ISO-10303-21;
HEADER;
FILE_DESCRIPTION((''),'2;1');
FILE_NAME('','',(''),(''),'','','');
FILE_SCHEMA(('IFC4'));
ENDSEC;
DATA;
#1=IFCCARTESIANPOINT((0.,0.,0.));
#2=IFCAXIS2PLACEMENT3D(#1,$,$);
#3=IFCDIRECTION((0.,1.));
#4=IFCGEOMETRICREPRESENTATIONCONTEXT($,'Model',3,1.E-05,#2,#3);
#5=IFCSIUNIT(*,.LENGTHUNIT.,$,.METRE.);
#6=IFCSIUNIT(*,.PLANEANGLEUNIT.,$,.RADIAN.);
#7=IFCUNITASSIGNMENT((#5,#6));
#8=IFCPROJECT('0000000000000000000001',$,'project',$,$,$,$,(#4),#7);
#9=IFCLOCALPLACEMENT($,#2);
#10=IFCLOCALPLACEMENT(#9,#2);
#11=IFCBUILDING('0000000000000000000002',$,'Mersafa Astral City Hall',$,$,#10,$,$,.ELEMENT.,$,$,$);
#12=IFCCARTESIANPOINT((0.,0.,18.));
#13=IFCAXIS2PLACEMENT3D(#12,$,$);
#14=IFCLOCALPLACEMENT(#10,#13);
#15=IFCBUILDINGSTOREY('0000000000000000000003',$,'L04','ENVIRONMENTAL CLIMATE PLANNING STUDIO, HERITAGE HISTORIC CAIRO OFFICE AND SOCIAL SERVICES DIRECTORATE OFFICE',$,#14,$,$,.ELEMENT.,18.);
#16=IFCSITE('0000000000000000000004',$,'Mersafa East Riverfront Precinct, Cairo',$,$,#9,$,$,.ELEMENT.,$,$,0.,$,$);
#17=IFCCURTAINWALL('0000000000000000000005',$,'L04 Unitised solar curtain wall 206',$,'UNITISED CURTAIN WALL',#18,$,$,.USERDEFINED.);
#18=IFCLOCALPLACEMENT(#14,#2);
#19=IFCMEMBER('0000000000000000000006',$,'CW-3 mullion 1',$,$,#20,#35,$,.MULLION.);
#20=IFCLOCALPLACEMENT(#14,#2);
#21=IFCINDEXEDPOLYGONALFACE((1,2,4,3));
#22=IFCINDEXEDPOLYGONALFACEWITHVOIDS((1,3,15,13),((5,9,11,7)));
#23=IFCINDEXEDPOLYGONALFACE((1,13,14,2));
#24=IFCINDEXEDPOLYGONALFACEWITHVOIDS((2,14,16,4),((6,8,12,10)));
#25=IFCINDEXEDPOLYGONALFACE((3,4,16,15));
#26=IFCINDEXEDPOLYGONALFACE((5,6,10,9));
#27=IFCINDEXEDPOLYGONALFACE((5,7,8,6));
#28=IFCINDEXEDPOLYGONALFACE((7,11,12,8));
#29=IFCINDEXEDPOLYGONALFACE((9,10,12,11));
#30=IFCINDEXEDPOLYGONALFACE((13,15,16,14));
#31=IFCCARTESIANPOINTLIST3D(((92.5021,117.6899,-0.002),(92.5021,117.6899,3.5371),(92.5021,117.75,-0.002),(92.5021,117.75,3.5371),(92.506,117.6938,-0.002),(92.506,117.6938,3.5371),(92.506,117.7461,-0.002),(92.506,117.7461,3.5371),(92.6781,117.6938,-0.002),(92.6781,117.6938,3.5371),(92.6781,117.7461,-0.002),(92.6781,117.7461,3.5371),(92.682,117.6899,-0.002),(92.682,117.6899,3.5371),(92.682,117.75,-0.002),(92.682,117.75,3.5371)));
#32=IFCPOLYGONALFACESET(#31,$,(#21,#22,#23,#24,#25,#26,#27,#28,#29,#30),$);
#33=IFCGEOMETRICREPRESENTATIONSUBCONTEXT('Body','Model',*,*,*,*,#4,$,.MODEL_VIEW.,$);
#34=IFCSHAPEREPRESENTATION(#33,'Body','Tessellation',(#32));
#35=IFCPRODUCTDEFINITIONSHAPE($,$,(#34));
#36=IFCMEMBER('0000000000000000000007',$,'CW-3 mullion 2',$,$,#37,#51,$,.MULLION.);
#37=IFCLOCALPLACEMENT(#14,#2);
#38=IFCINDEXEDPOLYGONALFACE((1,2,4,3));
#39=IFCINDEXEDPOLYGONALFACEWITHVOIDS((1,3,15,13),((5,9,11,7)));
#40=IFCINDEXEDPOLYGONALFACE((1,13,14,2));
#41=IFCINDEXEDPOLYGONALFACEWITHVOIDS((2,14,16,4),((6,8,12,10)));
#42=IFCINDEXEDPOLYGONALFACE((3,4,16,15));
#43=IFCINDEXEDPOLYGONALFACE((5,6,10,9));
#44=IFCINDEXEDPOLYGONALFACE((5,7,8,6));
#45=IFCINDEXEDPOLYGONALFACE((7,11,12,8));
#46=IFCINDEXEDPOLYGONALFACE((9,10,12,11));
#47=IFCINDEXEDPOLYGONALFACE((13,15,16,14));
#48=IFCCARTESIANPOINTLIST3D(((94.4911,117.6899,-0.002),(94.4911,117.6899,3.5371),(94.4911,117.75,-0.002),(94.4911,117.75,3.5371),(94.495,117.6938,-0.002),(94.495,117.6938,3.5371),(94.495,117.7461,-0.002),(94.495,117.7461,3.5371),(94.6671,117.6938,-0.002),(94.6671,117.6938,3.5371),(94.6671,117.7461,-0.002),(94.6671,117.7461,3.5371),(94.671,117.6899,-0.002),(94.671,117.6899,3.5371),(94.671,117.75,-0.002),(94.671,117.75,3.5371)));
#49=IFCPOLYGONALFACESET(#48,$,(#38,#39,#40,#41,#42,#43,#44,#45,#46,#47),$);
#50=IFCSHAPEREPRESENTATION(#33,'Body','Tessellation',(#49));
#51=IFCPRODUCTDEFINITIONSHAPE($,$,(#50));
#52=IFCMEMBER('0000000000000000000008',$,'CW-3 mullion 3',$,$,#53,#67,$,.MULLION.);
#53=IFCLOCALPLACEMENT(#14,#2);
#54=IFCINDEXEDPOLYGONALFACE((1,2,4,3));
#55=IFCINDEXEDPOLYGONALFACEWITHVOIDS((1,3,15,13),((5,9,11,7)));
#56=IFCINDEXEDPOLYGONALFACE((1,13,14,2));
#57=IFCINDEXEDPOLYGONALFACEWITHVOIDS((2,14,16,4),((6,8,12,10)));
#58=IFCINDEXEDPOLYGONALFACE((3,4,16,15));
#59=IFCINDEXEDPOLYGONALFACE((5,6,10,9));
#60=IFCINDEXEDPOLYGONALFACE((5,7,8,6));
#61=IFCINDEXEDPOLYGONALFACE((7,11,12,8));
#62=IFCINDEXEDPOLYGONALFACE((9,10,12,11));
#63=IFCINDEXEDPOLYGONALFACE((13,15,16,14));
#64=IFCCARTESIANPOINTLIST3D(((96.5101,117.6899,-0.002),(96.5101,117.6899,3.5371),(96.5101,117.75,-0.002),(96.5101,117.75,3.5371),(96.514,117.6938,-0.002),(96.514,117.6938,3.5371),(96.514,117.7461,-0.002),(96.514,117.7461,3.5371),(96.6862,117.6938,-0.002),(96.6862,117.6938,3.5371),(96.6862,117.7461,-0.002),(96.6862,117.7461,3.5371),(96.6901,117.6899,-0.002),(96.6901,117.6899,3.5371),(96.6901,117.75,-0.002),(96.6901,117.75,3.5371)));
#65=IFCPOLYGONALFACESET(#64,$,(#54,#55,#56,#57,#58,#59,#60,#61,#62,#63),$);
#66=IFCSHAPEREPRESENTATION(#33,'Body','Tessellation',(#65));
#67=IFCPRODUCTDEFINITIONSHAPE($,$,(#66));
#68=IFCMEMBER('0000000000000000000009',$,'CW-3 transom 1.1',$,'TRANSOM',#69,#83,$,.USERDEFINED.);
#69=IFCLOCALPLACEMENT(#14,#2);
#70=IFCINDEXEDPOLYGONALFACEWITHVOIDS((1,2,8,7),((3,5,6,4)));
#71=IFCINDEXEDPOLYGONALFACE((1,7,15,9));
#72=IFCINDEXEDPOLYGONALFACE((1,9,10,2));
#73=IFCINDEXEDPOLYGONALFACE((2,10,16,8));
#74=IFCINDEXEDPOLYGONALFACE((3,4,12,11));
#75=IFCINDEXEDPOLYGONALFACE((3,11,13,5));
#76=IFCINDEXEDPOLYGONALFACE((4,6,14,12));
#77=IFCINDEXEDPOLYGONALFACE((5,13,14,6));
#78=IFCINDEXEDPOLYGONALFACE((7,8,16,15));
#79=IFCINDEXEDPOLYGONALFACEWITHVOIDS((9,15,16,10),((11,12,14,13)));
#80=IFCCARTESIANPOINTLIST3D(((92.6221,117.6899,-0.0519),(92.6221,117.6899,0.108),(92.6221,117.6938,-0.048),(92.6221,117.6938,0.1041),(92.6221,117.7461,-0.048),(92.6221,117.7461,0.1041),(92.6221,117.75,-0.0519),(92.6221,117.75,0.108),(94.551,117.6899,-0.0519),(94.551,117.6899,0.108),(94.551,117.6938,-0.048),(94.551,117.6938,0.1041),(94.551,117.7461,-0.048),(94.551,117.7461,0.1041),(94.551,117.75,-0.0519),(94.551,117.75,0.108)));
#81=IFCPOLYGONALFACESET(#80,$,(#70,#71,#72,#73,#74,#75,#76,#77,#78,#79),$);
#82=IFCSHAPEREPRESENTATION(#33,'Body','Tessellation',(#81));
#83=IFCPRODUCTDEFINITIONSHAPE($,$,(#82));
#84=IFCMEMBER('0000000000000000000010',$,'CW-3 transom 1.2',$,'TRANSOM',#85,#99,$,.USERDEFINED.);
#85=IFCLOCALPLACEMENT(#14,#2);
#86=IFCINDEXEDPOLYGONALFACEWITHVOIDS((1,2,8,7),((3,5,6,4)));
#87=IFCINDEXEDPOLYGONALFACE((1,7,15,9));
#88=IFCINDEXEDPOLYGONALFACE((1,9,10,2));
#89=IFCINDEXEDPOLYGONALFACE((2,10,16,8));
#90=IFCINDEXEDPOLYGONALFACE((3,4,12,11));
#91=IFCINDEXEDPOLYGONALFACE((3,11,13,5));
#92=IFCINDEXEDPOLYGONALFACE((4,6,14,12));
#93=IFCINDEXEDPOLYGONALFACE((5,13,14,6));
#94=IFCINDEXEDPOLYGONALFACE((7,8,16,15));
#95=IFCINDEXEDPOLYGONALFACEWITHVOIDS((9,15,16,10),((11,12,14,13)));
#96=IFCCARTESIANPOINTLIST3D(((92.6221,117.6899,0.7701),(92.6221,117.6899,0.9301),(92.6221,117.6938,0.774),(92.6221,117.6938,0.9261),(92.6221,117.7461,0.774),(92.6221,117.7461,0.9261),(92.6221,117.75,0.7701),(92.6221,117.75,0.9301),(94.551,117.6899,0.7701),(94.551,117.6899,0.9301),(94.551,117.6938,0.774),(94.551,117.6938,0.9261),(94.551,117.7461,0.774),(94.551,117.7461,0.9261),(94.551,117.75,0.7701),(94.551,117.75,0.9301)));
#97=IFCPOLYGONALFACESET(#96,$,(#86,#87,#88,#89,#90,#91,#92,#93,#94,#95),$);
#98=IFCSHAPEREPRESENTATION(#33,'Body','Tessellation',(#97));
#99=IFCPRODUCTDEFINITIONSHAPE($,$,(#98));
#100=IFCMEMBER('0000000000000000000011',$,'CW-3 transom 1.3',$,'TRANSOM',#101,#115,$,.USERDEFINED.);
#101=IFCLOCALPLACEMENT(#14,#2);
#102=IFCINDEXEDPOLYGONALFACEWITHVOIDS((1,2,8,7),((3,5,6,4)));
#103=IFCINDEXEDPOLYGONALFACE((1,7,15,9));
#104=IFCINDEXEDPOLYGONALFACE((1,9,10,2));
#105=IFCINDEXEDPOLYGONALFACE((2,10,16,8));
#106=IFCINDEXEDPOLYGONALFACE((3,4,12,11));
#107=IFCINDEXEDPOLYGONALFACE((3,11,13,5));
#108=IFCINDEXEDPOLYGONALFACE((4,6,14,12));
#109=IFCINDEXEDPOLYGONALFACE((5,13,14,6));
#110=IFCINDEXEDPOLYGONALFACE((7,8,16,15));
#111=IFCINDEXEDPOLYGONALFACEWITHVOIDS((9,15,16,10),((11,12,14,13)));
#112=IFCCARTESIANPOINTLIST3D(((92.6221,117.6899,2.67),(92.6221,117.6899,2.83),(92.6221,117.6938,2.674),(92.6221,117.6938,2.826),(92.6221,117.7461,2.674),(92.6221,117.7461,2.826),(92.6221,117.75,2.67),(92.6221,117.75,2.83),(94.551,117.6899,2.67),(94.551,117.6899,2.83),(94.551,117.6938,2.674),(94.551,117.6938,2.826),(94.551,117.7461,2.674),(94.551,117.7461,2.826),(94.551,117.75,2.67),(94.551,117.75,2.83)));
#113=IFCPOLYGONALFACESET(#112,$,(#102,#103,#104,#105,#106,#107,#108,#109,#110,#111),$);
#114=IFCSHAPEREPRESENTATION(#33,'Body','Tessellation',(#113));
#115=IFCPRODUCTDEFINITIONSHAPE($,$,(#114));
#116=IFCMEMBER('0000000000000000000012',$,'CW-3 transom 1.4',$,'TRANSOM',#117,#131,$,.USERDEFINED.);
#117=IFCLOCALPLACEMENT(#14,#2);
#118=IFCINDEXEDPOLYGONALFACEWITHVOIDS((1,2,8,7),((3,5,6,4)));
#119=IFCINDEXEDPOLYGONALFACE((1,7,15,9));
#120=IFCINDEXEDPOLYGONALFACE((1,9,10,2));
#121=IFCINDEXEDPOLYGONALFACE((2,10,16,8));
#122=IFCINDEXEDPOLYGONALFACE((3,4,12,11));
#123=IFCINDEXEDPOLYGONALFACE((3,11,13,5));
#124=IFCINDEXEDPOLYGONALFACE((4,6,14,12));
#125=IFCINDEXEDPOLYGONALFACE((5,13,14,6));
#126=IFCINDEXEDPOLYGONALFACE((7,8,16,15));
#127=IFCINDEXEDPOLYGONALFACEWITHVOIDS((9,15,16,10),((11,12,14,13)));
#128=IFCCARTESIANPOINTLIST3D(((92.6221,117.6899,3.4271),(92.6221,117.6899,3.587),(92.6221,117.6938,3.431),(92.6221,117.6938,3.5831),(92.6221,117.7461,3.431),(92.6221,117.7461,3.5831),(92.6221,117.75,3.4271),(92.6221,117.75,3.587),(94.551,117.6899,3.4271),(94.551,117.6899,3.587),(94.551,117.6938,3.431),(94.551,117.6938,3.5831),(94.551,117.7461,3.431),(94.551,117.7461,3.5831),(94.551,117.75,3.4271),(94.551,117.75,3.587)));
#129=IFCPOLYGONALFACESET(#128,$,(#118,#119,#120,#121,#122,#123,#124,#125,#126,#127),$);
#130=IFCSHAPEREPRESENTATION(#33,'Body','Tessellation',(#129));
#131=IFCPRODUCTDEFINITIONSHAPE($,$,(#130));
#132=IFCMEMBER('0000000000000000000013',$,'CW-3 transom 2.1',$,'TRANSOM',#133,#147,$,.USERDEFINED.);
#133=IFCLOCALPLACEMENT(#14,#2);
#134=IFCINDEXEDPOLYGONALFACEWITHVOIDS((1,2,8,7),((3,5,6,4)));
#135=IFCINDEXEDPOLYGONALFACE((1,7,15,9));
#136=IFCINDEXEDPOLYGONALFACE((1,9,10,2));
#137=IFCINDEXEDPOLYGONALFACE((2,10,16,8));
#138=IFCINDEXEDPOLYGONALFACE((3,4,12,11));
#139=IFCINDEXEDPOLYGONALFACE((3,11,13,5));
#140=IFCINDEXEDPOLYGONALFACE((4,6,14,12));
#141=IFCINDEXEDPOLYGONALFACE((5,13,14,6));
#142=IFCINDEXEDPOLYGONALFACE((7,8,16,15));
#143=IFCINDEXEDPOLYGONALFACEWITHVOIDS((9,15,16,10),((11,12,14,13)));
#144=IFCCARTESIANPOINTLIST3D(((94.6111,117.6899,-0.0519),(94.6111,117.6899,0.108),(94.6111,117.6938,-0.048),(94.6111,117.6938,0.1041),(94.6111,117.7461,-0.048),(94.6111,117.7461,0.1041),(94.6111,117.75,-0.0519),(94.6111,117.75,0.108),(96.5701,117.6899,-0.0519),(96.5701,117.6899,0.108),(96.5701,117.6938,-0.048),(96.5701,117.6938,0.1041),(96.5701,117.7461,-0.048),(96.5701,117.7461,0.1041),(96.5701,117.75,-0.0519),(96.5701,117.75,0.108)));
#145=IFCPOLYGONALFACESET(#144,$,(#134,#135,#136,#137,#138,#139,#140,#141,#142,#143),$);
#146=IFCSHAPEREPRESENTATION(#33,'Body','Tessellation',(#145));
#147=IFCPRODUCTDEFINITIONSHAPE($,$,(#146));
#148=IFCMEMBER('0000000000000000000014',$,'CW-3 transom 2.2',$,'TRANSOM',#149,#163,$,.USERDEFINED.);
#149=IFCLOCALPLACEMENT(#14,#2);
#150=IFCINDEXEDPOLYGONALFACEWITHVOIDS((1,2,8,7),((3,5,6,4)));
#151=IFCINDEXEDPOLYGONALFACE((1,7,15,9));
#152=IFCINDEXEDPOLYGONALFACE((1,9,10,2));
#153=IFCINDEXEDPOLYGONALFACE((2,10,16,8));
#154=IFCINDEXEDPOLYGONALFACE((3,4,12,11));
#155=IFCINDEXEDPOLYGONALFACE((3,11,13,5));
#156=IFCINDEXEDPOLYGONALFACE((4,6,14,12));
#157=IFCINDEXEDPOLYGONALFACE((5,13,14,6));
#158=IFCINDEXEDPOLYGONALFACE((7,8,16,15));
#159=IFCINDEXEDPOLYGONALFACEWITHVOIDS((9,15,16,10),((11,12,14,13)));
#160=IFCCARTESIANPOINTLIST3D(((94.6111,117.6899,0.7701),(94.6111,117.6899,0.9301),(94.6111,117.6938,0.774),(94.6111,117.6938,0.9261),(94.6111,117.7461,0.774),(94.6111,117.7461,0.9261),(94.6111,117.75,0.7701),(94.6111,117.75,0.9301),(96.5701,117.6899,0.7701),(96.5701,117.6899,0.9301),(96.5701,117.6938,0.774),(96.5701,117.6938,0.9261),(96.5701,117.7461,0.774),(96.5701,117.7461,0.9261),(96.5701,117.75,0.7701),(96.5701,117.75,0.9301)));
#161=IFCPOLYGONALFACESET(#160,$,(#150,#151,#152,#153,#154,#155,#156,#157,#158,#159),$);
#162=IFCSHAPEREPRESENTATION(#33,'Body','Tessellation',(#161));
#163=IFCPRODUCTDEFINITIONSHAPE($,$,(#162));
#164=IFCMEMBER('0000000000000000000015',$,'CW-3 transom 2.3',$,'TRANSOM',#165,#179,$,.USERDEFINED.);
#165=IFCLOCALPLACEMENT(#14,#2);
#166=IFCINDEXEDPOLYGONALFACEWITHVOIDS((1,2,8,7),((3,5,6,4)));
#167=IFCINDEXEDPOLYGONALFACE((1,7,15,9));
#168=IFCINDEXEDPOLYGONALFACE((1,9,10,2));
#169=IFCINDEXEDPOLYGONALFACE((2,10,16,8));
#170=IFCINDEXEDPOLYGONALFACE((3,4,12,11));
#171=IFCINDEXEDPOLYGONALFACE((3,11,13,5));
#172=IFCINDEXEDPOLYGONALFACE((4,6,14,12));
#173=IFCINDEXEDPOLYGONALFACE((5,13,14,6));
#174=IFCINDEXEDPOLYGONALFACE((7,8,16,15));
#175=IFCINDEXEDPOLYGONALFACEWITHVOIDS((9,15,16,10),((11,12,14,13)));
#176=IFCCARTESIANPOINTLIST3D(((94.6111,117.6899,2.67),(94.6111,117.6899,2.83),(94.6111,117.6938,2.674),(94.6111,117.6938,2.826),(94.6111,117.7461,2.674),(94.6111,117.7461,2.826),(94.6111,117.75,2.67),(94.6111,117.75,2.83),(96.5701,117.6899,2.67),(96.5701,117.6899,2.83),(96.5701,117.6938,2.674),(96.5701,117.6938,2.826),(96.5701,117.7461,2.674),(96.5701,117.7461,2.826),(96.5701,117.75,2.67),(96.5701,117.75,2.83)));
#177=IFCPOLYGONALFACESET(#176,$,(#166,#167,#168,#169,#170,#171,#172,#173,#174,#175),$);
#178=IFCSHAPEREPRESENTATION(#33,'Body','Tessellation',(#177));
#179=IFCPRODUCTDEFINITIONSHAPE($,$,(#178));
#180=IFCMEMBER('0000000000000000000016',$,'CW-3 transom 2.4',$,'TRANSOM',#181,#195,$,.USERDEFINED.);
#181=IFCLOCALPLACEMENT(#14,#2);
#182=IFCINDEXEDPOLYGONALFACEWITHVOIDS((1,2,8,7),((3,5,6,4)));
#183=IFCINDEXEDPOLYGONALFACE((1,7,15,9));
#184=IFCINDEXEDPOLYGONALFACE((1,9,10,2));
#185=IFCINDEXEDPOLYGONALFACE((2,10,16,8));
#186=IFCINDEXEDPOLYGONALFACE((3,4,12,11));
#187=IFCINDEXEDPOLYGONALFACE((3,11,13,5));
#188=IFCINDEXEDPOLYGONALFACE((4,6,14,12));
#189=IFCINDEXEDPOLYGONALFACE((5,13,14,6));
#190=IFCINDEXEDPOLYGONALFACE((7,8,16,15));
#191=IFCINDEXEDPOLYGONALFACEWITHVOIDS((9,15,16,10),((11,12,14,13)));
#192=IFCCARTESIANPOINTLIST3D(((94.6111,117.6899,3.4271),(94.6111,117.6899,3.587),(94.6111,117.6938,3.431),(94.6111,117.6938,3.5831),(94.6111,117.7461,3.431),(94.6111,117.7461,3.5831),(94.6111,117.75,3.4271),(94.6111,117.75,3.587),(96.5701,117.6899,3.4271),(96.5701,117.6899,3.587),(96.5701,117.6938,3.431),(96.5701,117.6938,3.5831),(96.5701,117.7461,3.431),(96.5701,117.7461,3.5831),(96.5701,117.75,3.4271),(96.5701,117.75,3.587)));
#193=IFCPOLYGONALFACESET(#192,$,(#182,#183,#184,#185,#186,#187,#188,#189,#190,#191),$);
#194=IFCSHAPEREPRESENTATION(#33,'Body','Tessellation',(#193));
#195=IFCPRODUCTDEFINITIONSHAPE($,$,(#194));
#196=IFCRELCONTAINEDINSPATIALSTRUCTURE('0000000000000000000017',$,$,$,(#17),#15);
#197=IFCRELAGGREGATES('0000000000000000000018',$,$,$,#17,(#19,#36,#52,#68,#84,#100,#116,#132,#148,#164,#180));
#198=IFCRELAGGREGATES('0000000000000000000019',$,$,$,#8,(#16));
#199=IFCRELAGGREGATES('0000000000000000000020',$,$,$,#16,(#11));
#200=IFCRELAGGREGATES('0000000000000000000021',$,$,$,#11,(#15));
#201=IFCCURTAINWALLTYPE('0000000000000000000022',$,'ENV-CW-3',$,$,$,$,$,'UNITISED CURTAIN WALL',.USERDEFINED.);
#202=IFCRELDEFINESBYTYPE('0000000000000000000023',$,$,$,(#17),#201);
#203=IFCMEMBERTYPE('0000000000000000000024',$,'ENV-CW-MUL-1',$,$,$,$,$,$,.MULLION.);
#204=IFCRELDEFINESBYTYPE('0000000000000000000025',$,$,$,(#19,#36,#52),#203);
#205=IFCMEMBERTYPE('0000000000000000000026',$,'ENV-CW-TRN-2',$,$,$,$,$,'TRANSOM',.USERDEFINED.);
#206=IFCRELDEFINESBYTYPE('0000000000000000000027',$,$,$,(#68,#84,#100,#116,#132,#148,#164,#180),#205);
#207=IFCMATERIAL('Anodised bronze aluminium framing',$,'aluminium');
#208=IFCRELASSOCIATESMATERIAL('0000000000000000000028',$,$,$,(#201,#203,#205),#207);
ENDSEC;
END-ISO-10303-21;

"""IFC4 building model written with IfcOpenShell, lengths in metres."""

from ifc_helpers import new_model, si_unit, direction, frame, origin, origin_2d, place, context, subcontext, project, spatial, hollow_rectangle, extrude, material, material_profile, profile_set, type_object, element, aggregate, save


model = new_model("IFC4")

# Units and contexts
model_context = context("Model", 3, precision=1e-05, world=origin(), true_north=direction((0.0, 1.0)))
body_context = subcontext(model_context, "Body", "Model", "MODEL_VIEW")
ifc_project = project(units=[si_unit("LENGTHUNIT", "METRE"), si_unit("PLANEANGLEUNIT", "RADIAN")], contexts=[model_context])

# Site, building, storey
site_placement = place(None, origin())
site = spatial("IfcSite", under=ifc_project, at=site_placement, Name="Mersafa East Riverfront Precinct, Cairo", CompositionType="ELEMENT", RefElevation=0.0)
building_placement = place(site_placement, origin())
building = spatial("IfcBuilding", under=site, at=building_placement, Name="Mersafa Astral City Hall", CompositionType="ELEMENT")
storey_placement = place(building_placement, frame((0.0, 0.0, 18.0)))
storey = spatial("IfcBuildingStorey", under=building, at=storey_placement, Name="L04", Description="ENVIRONMENTAL CLIMATE PLANNING STUDIO, HERITAGE HISTORIC CAIRO OFFICE AND SOCIAL SERVICES DIRECTORATE OFFICE", CompositionType="ELEMENT", Elevation=18.0)

# Curtain wall, members
ifc_material_1 = material(Name="Anodised bronze aluminium framing", Category="aluminium")
curtain_wall_type = type_object("IfcCurtainWallType", Name="ENV-CW-3", ElementType="UNITISED CURTAIN WALL", PredefinedType="USERDEFINED", material=ifc_material_1)
curtain_wall_placement = place(storey_placement, origin())
curtain_wall = element("IfcCurtainWall", 1, at=curtain_wall_placement, inside=storey, type_object=curtain_wall_type, Name="L04 Unitised solar curtain wall 206", ObjectType="UNITISED CURTAIN WALL", PredefinedType="USERDEFINED")
ifc_material_profile_1 = material_profile(ifc_material_1, hollow_rectangle(XDim=0.0601, YDim=0.1799, WallThickness=0.0039, at=origin_2d()), Name="RHS 60x180x4")
ifc_profile_set_1 = profile_set([ifc_material_profile_1], Name="Anodised bronze aluminium framing")
member_type_1 = type_object("IfcMemberType", Name="ENV-CW-MUL-1", PredefinedType="MULLION", material=ifc_profile_set_1)
member_1_placement = place(storey_placement, frame((92.592, 117.72, -0.002), z_axis=(0.0, 0.0, 1.0), x_axis=(0.0, 1.0, 0.0)))
member_1 = element("IfcMember", 2, at=member_1_placement, type_object=member_type_1, Name="CW-3 mullion 1", PredefinedType="MULLION", context=body_context, shape_type="SweptSolid", body=[
    extrude(hollow_rectangle(XDim=0.0601, YDim=0.1799, WallThickness=0.0039, at=origin_2d()), origin(), (0.0, 0.0, 1.0), 3.5391),
])
member_2_placement = place(storey_placement, frame((94.5811, 117.72, -0.002), z_axis=(0.0, 0.0, 1.0), x_axis=(0.0, 1.0, 0.0)))
member_2 = element("IfcMember", 3, at=member_2_placement, type_object=member_type_1, Name="CW-3 mullion 2", PredefinedType="MULLION", context=body_context, shape_type="SweptSolid", body=[
    extrude(hollow_rectangle(XDim=0.0601, YDim=0.1799, WallThickness=0.0039, at=origin_2d()), origin(), (0.0, 0.0, 1.0), 3.5391),
])
member_3_placement = place(storey_placement, frame((96.6001, 117.72, -0.002), z_axis=(0.0, 0.0, 1.0), x_axis=(0.0, 1.0, 0.0)))
member_3 = element("IfcMember", 4, at=member_3_placement, type_object=member_type_1, Name="CW-3 mullion 3", PredefinedType="MULLION", context=body_context, shape_type="SweptSolid", body=[
    extrude(hollow_rectangle(XDim=0.0601, YDim=0.1799, WallThickness=0.0039, at=origin_2d()), origin(), (0.0, 0.0, 1.0), 3.5391),
])
ifc_material_profile_2 = material_profile(ifc_material_1, hollow_rectangle(XDim=0.0601, YDim=0.1599, WallThickness=0.0039, at=origin_2d()), Name="RHS 60x160x4")
ifc_profile_set_2 = profile_set([ifc_material_profile_2], Name="Anodised bronze aluminium framing")
member_type_2 = type_object("IfcMemberType", Name="ENV-CW-TRN-2", ElementType="TRANSOM", PredefinedType="USERDEFINED", material=ifc_profile_set_2)
member_4_placement = place(storey_placement, frame((92.6221, 117.72, 0.0281), z_axis=(1.0, 0.0, 0.0), x_axis=(0.0, 1.0, 0.0)))
member_4 = element("IfcMember", 5, at=member_4_placement, type_object=member_type_2, Name="CW-3 transom 1.1", ObjectType="TRANSOM", PredefinedType="USERDEFINED", context=body_context, shape_type="SweptSolid", body=[
    extrude(hollow_rectangle(XDim=0.0601, YDim=0.1599, WallThickness=0.0039, at=origin_2d()), origin(), (0.0, 0.0, 1.0), 1.929),
])
member_5_placement = place(storey_placement, frame((92.6221, 117.72, 0.8501), z_axis=(1.0, 0.0, 0.0), x_axis=(0.0, 1.0, 0.0)))
member_5 = element("IfcMember", 6, at=member_5_placement, type_object=member_type_2, Name="CW-3 transom 1.2", ObjectType="TRANSOM", PredefinedType="USERDEFINED", context=body_context, shape_type="SweptSolid", body=[
    extrude(hollow_rectangle(XDim=0.0601, YDim=0.1599, WallThickness=0.0039, at=origin_2d()), origin(), (0.0, 0.0, 1.0), 1.929),
])
member_6_placement = place(storey_placement, frame((92.6221, 117.72, 2.75), z_axis=(1.0, 0.0, 0.0), x_axis=(0.0, 1.0, 0.0)))
member_6 = element("IfcMember", 7, at=member_6_placement, type_object=member_type_2, Name="CW-3 transom 1.3", ObjectType="TRANSOM", PredefinedType="USERDEFINED", context=body_context, shape_type="SweptSolid", body=[
    extrude(hollow_rectangle(XDim=0.0601, YDim=0.1599, WallThickness=0.0039, at=origin_2d()), origin(), (0.0, 0.0, 1.0), 1.929),
])
member_7_placement = place(storey_placement, frame((92.6221, 117.72, 3.5071), z_axis=(1.0, 0.0, 0.0), x_axis=(0.0, 1.0, 0.0)))
member_7 = element("IfcMember", 8, at=member_7_placement, type_object=member_type_2, Name="CW-3 transom 1.4", ObjectType="TRANSOM", PredefinedType="USERDEFINED", context=body_context, shape_type="SweptSolid", body=[
    extrude(hollow_rectangle(XDim=0.0601, YDim=0.1599, WallThickness=0.0039, at=origin_2d()), origin(), (0.0, 0.0, 1.0), 1.929),
])
member_8_placement = place(storey_placement, frame((94.6111, 117.72, 0.0281), z_axis=(1.0, 0.0, 0.0), x_axis=(0.0, 1.0, 0.0)))
member_8 = element("IfcMember", 9, at=member_8_placement, type_object=member_type_2, Name="CW-3 transom 2.1", ObjectType="TRANSOM", PredefinedType="USERDEFINED", context=body_context, shape_type="SweptSolid", body=[
    extrude(hollow_rectangle(XDim=0.0601, YDim=0.1599, WallThickness=0.0039, at=origin_2d()), origin(), (0.0, 0.0, 1.0), 1.959),
])
member_9_placement = place(storey_placement, frame((94.6111, 117.72, 0.8501), z_axis=(1.0, 0.0, 0.0), x_axis=(0.0, 1.0, 0.0)))
member_9 = element("IfcMember", 10, at=member_9_placement, type_object=member_type_2, Name="CW-3 transom 2.2", ObjectType="TRANSOM", PredefinedType="USERDEFINED", context=body_context, shape_type="SweptSolid", body=[
    extrude(hollow_rectangle(XDim=0.0601, YDim=0.1599, WallThickness=0.0039, at=origin_2d()), origin(), (0.0, 0.0, 1.0), 1.959),
])
member_10_placement = place(storey_placement, frame((94.6111, 117.72, 2.75), z_axis=(1.0, 0.0, 0.0), x_axis=(0.0, 1.0, 0.0)))
member_10 = element("IfcMember", 11, at=member_10_placement, type_object=member_type_2, Name="CW-3 transom 2.3", ObjectType="TRANSOM", PredefinedType="USERDEFINED", context=body_context, shape_type="SweptSolid", body=[
    extrude(hollow_rectangle(XDim=0.0601, YDim=0.1599, WallThickness=0.0039, at=origin_2d()), origin(), (0.0, 0.0, 1.0), 1.959),
])
member_11_placement = place(storey_placement, frame((94.6111, 117.72, 3.5071), z_axis=(1.0, 0.0, 0.0), x_axis=(0.0, 1.0, 0.0)))
member_11 = element("IfcMember", 12, at=member_11_placement, type_object=member_type_2, Name="CW-3 transom 2.4", ObjectType="TRANSOM", PredefinedType="USERDEFINED", context=body_context, shape_type="SweptSolid", body=[
    extrude(hollow_rectangle(XDim=0.0601, YDim=0.1599, WallThickness=0.0039, at=origin_2d()), origin(), (0.0, 0.0, 1.0), 1.959),
])

aggregate(curtain_wall, [member_1, member_2, member_3, member_4, member_5, member_6, member_7, member_8, member_9, member_10, member_11])

save(model, "model.ifc")
